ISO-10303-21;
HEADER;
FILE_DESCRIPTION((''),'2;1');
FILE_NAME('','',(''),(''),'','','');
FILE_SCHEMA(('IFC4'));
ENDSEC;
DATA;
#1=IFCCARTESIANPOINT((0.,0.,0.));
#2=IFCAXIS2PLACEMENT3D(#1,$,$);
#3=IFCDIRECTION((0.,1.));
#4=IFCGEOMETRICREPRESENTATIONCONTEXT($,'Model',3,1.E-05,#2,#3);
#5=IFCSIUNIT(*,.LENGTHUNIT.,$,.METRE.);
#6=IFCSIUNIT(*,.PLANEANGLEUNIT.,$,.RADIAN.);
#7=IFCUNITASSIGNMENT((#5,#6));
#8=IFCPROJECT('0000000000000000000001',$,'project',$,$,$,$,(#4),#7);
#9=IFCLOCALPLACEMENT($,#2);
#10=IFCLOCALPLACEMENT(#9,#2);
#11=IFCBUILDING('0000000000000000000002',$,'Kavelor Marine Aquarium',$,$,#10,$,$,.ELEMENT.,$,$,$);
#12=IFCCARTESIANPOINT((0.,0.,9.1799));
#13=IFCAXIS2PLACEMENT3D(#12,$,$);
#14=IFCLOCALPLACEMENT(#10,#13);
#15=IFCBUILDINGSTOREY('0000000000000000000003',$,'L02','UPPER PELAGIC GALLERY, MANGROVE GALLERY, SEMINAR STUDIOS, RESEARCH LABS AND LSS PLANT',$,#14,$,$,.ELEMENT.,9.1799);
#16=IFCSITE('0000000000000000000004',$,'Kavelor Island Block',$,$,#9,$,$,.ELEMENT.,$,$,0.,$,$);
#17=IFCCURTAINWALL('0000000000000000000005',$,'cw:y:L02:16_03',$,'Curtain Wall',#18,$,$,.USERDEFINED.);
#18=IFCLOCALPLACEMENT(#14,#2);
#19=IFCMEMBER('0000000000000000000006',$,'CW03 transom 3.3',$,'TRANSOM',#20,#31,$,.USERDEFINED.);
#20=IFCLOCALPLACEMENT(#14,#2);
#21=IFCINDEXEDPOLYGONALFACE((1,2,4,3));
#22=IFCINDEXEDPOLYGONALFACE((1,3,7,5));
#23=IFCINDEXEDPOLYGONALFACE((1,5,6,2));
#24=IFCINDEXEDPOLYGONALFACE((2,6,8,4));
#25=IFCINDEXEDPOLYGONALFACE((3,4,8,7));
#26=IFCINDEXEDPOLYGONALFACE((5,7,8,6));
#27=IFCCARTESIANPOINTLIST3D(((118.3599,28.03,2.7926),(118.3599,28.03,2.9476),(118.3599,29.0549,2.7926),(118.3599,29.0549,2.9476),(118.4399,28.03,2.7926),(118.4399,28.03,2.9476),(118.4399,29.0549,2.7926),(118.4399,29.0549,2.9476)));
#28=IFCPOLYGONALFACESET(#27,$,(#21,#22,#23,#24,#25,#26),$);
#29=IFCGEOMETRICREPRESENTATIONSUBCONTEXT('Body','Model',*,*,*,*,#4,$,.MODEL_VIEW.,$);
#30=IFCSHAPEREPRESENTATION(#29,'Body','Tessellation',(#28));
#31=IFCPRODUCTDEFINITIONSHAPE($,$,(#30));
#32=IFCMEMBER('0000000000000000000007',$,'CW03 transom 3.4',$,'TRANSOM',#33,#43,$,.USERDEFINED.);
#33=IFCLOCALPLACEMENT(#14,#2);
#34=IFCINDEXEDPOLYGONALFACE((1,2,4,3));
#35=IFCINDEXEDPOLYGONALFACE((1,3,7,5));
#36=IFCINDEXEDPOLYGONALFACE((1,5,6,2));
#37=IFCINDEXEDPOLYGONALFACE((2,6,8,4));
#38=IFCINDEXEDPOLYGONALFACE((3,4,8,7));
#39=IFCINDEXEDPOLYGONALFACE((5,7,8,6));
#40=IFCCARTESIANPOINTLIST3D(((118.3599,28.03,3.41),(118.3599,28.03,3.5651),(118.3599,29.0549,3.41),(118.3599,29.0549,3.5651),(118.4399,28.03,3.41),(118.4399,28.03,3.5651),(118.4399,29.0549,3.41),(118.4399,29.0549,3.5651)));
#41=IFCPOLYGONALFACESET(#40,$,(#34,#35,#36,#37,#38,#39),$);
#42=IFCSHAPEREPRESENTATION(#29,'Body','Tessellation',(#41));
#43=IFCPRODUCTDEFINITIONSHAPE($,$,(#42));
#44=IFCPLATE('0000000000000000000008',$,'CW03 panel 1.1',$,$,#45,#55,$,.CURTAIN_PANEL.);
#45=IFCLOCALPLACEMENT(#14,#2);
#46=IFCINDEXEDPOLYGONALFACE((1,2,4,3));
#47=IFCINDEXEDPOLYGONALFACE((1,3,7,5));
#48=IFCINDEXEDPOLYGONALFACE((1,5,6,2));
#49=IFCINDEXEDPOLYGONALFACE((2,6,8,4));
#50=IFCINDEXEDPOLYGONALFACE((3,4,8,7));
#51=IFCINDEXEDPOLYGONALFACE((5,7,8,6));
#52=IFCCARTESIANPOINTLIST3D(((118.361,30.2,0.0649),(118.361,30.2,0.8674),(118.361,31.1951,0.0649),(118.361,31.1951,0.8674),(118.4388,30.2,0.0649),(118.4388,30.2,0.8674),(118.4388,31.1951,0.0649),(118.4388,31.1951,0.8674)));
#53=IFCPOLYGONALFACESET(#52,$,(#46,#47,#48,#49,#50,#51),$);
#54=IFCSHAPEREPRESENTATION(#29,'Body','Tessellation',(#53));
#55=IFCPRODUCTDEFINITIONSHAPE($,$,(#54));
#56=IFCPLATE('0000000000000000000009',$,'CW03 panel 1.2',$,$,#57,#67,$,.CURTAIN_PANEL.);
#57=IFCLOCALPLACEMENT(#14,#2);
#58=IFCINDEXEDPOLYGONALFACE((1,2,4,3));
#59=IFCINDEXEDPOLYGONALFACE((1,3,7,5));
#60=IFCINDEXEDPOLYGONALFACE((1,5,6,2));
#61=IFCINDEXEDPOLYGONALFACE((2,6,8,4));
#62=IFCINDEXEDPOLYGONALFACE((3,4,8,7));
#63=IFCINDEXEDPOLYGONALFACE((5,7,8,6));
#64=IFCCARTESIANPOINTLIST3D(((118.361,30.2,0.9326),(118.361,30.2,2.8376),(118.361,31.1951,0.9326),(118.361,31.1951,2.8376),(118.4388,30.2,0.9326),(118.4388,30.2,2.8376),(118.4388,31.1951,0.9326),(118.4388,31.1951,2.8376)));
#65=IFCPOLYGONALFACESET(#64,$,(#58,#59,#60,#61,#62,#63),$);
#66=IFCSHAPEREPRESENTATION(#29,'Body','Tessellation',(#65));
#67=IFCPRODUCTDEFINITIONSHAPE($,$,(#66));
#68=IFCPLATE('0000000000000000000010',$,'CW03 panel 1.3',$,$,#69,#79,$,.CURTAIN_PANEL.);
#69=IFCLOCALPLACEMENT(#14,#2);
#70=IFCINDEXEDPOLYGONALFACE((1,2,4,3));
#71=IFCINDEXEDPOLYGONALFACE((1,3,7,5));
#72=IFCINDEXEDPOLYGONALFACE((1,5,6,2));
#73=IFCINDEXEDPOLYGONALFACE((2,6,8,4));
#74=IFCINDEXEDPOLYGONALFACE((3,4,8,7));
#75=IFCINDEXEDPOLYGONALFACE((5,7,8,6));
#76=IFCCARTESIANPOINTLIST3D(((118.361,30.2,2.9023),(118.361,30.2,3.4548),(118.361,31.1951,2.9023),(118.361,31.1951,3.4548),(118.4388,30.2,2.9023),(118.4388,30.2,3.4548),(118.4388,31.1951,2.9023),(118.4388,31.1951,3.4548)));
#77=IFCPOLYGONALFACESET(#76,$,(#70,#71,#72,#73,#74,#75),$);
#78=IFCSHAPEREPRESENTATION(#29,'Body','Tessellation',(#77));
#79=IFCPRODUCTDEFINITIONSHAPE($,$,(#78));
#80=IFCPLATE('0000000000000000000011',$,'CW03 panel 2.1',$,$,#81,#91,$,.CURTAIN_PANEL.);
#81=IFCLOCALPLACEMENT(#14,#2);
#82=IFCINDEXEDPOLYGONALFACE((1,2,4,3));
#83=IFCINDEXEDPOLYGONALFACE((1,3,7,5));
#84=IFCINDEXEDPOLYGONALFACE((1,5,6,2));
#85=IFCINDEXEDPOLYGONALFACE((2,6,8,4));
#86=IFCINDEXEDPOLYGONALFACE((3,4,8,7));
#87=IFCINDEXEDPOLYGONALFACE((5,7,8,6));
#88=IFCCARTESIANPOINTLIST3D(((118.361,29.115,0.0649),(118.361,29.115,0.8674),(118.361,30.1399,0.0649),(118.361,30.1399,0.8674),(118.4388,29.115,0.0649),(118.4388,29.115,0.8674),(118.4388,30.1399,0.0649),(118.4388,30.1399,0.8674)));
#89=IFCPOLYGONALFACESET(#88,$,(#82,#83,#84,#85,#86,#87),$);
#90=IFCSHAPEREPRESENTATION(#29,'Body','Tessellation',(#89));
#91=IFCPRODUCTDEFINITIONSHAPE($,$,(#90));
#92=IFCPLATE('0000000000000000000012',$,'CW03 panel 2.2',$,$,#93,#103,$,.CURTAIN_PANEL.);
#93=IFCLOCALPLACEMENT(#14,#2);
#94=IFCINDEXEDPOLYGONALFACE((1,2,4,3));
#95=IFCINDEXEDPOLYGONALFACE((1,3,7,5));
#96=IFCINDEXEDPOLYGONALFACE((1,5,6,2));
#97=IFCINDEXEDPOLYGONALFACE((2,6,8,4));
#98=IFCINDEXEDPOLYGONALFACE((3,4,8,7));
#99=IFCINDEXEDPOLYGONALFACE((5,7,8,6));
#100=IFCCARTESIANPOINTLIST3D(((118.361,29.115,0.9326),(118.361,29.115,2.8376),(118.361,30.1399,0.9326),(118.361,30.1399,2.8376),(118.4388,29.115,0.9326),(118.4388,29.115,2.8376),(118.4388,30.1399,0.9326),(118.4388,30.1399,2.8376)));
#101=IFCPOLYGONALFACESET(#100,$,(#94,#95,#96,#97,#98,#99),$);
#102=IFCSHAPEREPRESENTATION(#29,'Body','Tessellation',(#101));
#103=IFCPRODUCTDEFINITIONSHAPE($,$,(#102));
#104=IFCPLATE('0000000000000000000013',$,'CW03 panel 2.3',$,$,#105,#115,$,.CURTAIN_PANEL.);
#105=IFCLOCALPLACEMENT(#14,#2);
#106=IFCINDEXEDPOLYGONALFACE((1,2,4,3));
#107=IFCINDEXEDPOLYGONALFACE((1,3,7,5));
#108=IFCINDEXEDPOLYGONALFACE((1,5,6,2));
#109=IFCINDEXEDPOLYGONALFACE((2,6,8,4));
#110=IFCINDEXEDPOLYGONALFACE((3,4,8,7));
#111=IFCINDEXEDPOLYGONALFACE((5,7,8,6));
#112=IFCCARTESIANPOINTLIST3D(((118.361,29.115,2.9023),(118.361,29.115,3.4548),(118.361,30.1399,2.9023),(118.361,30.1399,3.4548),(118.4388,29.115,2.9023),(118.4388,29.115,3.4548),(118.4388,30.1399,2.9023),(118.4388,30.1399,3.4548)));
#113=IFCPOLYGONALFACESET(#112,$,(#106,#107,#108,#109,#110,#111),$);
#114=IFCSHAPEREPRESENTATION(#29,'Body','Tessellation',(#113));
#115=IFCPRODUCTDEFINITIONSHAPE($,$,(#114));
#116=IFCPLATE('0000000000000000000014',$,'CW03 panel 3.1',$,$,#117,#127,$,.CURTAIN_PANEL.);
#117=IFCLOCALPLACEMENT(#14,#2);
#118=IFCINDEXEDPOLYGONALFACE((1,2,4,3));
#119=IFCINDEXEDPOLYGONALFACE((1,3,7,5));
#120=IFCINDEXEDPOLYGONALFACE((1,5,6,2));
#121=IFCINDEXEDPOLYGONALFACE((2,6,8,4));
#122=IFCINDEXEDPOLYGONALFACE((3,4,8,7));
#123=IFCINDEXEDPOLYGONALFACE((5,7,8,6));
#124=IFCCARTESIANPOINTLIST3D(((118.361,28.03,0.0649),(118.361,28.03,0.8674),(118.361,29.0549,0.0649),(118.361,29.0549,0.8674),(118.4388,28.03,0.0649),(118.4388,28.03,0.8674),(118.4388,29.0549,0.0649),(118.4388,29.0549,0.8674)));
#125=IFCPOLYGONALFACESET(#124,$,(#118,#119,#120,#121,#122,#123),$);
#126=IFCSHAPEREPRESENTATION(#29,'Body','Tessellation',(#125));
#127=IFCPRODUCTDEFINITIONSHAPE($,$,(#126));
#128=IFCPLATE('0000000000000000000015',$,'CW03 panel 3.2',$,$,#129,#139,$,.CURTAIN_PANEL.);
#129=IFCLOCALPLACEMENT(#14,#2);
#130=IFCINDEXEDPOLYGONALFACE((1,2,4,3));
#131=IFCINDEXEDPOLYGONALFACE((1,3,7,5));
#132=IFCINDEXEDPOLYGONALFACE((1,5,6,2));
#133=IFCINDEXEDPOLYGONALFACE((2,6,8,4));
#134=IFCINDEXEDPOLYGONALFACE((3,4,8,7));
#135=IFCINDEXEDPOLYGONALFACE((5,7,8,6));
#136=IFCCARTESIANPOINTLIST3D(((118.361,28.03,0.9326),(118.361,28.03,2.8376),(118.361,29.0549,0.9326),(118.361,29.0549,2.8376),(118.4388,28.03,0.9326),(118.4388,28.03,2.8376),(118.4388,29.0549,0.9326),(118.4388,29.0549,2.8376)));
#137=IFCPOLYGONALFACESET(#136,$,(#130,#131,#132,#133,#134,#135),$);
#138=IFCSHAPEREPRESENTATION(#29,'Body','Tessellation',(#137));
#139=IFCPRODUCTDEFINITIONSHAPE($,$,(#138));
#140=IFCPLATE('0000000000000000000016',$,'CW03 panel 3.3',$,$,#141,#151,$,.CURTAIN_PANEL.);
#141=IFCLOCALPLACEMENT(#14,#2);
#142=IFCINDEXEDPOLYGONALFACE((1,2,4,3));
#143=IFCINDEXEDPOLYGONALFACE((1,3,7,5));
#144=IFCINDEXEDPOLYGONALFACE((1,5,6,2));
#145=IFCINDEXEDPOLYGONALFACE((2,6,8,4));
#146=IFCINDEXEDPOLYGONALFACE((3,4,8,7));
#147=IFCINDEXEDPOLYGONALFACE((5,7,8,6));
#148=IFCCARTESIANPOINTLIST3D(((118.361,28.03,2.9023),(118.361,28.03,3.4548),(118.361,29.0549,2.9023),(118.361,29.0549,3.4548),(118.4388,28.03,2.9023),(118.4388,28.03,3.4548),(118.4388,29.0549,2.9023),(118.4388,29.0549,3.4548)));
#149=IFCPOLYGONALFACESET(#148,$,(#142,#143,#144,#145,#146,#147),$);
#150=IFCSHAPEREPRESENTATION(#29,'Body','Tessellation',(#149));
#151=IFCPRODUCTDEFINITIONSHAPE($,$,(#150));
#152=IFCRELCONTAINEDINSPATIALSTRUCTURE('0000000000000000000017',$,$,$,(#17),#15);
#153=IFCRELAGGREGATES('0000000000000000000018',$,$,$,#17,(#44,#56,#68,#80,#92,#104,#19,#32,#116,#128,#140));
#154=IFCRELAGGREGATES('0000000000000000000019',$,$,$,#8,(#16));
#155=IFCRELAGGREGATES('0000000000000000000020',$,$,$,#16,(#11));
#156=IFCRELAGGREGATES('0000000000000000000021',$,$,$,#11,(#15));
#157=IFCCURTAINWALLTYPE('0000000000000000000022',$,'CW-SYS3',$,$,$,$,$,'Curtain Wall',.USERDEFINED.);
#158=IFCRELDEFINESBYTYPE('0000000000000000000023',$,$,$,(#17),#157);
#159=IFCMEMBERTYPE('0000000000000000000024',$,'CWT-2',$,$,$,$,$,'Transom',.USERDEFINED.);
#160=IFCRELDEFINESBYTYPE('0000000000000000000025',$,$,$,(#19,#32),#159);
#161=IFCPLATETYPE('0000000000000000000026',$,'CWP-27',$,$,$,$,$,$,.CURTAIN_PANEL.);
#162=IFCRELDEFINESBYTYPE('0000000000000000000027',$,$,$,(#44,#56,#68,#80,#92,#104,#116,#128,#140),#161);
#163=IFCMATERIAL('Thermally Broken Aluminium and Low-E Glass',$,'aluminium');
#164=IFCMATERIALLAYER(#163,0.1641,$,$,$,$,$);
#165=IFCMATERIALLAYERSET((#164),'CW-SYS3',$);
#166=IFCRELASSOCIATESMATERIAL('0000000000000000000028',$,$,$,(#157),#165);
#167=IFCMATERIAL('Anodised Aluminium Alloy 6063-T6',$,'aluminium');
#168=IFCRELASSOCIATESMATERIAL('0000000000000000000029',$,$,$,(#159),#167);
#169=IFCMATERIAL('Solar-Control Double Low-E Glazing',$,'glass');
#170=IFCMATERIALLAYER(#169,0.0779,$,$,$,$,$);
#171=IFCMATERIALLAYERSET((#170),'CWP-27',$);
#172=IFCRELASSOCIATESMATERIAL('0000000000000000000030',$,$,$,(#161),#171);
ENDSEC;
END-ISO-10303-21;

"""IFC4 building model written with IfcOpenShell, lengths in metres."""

from ifc_helpers import new_model, si_unit, direction, frame, origin, origin_2d, place, context, subcontext, project, spatial, rectangle, extrude, material, layer, layer_set, material_profile, profile_set, type_object, element, aggregate, save


model = new_model("IFC4")

# Units and contexts
model_context = context("Model", 3, precision=1e-05, world=origin(), true_north=direction((0.0, 1.0)))
body_context = subcontext(model_context, "Body", "Model", "MODEL_VIEW")
ifc_project = project(units=[si_unit("LENGTHUNIT", "METRE"), si_unit("PLANEANGLEUNIT", "RADIAN")], contexts=[model_context])

# Site, building, storey
site_placement = place(None, origin())
site = spatial("IfcSite", under=ifc_project, at=site_placement, Name="Kavelor Island Block", CompositionType="ELEMENT", RefElevation=0.0)
building_placement = place(site_placement, origin())
building = spatial("IfcBuilding", under=site, at=building_placement, Name="Kavelor Marine Aquarium", CompositionType="ELEMENT")
storey_placement = place(building_placement, frame((0.0, 0.0, 9.1799)))
storey = spatial("IfcBuildingStorey", under=building, at=storey_placement, Name="L02", Description="UPPER PELAGIC GALLERY, MANGROVE GALLERY, SEMINAR STUDIOS, RESEARCH LABS AND LSS PLANT", CompositionType="ELEMENT", Elevation=9.1799)

# Curtain wall, members, plates
ifc_material_1 = material(Name="Thermally Broken Aluminium and Low-E Glass", Category="aluminium")
ifc_layer_1 = layer(ifc_material_1, 0.1641)
ifc_layer_set_1 = layer_set([ifc_layer_1], Name="CW-SYS3")
curtain_wall_type = type_object("IfcCurtainWallType", Name="CW-SYS3", ElementType="Curtain Wall", PredefinedType="USERDEFINED", material=ifc_layer_set_1)
curtain_wall_placement = place(storey_placement, origin())
curtain_wall = element("IfcCurtainWall", 1, at=curtain_wall_placement, inside=storey, type_object=curtain_wall_type, Name="cw:y:L02:16_03", ObjectType="Curtain Wall", PredefinedType="USERDEFINED")
ifc_material_2 = material(Name="Anodised Aluminium Alloy 6063-T6", Category="aluminium")
ifc_material_profile_1 = material_profile(ifc_material_2, rectangle(XDim=0.0801, YDim=0.155, at=origin_2d()), Name="CW-TRN 80x155")
ifc_profile_set_1 = profile_set([ifc_material_profile_1], Name="Anodised Aluminium Alloy 6063-T6")
member_type_1 = type_object("IfcMemberType", Name="CWT-2", ElementType="Transom", PredefinedType="USERDEFINED", material=ifc_profile_set_1)
member_1_placement = place(storey_placement, frame((118.3999, 29.0549, 2.8701), z_axis=(0.0, -1.0, 0.0), x_axis=(1.0, 0.0, 0.0)))
member_1 = element("IfcMember", 2, at=member_1_placement, type_object=member_type_1, Name="CW03 transom 3.3", ObjectType="TRANSOM", PredefinedType="USERDEFINED", context=body_context, shape_type="SweptSolid", body=[
    extrude(rectangle(XDim=0.0801, YDim=0.155, at=origin_2d()), origin(), (0.0, 0.0, 1.0), 1.0249),
])
member_2_placement = place(storey_placement, frame((118.3999, 29.0549, 3.4875), z_axis=(0.0, -1.0, 0.0), x_axis=(1.0, 0.0, 0.0)))
member_2 = element("IfcMember", 3, at=member_2_placement, type_object=member_type_1, Name="CW03 transom 3.4", ObjectType="TRANSOM", PredefinedType="USERDEFINED", context=body_context, shape_type="SweptSolid", body=[
    extrude(rectangle(XDim=0.0801, YDim=0.155, at=origin_2d()), origin(), (0.0, 0.0, 1.0), 1.0249),
])
ifc_material_3 = material(Name="Solar-Control Double Low-E Glazing", Category="glass")
ifc_layer_2 = layer(ifc_material_3, 0.0779)
ifc_layer_set_2 = layer_set([ifc_layer_2], Name="CWP-27")
plate_type = type_object("IfcPlateType", Name="CWP-27", PredefinedType="CURTAIN_PANEL", material=ifc_layer_set_2)
plate_1_placement = place(storey_placement, frame((118.3999, 30.6975, 0.0649), z_axis=(0.0, 0.0, 1.0), x_axis=(0.0, -1.0, 0.0)))
plate_1 = element("IfcPlate", 4, at=plate_1_placement, type_object=plate_type, Name="CW03 panel 1.1", PredefinedType="CURTAIN_PANEL", context=body_context, shape_type="SweptSolid", body=[
    extrude(rectangle(XDim=0.9951, YDim=0.0779, at=origin_2d()), origin(), (0.0, 0.0, 1.0), 0.8025),
])
plate_2_placement = place(storey_placement, frame((118.3999, 30.6975, 0.9326), z_axis=(0.0, 0.0, 1.0), x_axis=(0.0, -1.0, 0.0)))
plate_2 = element("IfcPlate", 5, at=plate_2_placement, type_object=plate_type, Name="CW03 panel 1.2", PredefinedType="CURTAIN_PANEL", context=body_context, shape_type="SweptSolid", body=[
    extrude(rectangle(XDim=0.9951, YDim=0.0779, at=origin_2d()), origin(), (0.0, 0.0, 1.0), 1.905),
])
plate_3_placement = place(storey_placement, frame((118.3999, 30.6975, 2.9023), z_axis=(0.0, 0.0, 1.0), x_axis=(0.0, -1.0, 0.0)))
plate_3 = element("IfcPlate", 6, at=plate_3_placement, type_object=plate_type, Name="CW03 panel 1.3", PredefinedType="CURTAIN_PANEL", context=body_context, shape_type="SweptSolid", body=[
    extrude(rectangle(XDim=0.9951, YDim=0.0779, at=origin_2d()), origin(), (0.0, 0.0, 1.0), 0.5525),
])
plate_4_placement = place(storey_placement, frame((118.3999, 29.6274, 0.0649), z_axis=(0.0, 0.0, 1.0), x_axis=(0.0, -1.0, 0.0)))
plate_4 = element("IfcPlate", 7, at=plate_4_placement, type_object=plate_type, Name="CW03 panel 2.1", PredefinedType="CURTAIN_PANEL", context=body_context, shape_type="SweptSolid", body=[
    extrude(rectangle(XDim=1.0249, YDim=0.0779, at=origin_2d()), origin(), (0.0, 0.0, 1.0), 0.8025),
])
plate_5_placement = place(storey_placement, frame((118.3999, 29.6274, 0.9326), z_axis=(0.0, 0.0, 1.0), x_axis=(0.0, -1.0, 0.0)))
plate_5 = element("IfcPlate", 8, at=plate_5_placement, type_object=plate_type, Name="CW03 panel 2.2", PredefinedType="CURTAIN_PANEL", context=body_context, shape_type="SweptSolid", body=[
    extrude(rectangle(XDim=1.0249, YDim=0.0779, at=origin_2d()), origin(), (0.0, 0.0, 1.0), 1.905),
])
plate_6_placement = place(storey_placement, frame((118.3999, 29.6274, 2.9023), z_axis=(0.0, 0.0, 1.0), x_axis=(0.0, -1.0, 0.0)))
plate_6 = element("IfcPlate", 9, at=plate_6_placement, type_object=plate_type, Name="CW03 panel 2.3", PredefinedType="CURTAIN_PANEL", context=body_context, shape_type="SweptSolid", body=[
    extrude(rectangle(XDim=1.0249, YDim=0.0779, at=origin_2d()), origin(), (0.0, 0.0, 1.0), 0.5525),
])
plate_7_placement = place(storey_placement, frame((118.3999, 28.5425, 0.0649), z_axis=(0.0, 0.0, 1.0), x_axis=(0.0, -1.0, 0.0)))
plate_7 = element("IfcPlate", 10, at=plate_7_placement, type_object=plate_type, Name="CW03 panel 3.1", PredefinedType="CURTAIN_PANEL", context=body_context, shape_type="SweptSolid", body=[
    extrude(rectangle(XDim=1.0249, YDim=0.0779, at=origin_2d()), origin(), (0.0, 0.0, 1.0), 0.8025),
])
plate_8_placement = place(storey_placement, frame((118.3999, 28.5425, 0.9326), z_axis=(0.0, 0.0, 1.0), x_axis=(0.0, -1.0, 0.0)))
plate_8 = element("IfcPlate", 11, at=plate_8_placement, type_object=plate_type, Name="CW03 panel 3.2", PredefinedType="CURTAIN_PANEL", context=body_context, shape_type="SweptSolid", body=[
    extrude(rectangle(XDim=1.0249, YDim=0.0779, at=origin_2d()), origin(), (0.0, 0.0, 1.0), 1.905),
])
plate_9_placement = place(storey_placement, frame((118.3999, 28.5425, 2.9023), z_axis=(0.0, 0.0, 1.0), x_axis=(0.0, -1.0, 0.0)))
plate_9 = element("IfcPlate", 12, at=plate_9_placement, type_object=plate_type, Name="CW03 panel 3.3", PredefinedType="CURTAIN_PANEL", context=body_context, shape_type="SweptSolid", body=[
    extrude(rectangle(XDim=1.0249, YDim=0.0779, at=origin_2d()), origin(), (0.0, 0.0, 1.0), 0.5525),
])
aggregate(curtain_wall, [plate_1, plate_2, plate_3, plate_4, plate_5, plate_6, member_1, member_2, plate_7, plate_8, plate_9])

save(model, "model.ifc")
